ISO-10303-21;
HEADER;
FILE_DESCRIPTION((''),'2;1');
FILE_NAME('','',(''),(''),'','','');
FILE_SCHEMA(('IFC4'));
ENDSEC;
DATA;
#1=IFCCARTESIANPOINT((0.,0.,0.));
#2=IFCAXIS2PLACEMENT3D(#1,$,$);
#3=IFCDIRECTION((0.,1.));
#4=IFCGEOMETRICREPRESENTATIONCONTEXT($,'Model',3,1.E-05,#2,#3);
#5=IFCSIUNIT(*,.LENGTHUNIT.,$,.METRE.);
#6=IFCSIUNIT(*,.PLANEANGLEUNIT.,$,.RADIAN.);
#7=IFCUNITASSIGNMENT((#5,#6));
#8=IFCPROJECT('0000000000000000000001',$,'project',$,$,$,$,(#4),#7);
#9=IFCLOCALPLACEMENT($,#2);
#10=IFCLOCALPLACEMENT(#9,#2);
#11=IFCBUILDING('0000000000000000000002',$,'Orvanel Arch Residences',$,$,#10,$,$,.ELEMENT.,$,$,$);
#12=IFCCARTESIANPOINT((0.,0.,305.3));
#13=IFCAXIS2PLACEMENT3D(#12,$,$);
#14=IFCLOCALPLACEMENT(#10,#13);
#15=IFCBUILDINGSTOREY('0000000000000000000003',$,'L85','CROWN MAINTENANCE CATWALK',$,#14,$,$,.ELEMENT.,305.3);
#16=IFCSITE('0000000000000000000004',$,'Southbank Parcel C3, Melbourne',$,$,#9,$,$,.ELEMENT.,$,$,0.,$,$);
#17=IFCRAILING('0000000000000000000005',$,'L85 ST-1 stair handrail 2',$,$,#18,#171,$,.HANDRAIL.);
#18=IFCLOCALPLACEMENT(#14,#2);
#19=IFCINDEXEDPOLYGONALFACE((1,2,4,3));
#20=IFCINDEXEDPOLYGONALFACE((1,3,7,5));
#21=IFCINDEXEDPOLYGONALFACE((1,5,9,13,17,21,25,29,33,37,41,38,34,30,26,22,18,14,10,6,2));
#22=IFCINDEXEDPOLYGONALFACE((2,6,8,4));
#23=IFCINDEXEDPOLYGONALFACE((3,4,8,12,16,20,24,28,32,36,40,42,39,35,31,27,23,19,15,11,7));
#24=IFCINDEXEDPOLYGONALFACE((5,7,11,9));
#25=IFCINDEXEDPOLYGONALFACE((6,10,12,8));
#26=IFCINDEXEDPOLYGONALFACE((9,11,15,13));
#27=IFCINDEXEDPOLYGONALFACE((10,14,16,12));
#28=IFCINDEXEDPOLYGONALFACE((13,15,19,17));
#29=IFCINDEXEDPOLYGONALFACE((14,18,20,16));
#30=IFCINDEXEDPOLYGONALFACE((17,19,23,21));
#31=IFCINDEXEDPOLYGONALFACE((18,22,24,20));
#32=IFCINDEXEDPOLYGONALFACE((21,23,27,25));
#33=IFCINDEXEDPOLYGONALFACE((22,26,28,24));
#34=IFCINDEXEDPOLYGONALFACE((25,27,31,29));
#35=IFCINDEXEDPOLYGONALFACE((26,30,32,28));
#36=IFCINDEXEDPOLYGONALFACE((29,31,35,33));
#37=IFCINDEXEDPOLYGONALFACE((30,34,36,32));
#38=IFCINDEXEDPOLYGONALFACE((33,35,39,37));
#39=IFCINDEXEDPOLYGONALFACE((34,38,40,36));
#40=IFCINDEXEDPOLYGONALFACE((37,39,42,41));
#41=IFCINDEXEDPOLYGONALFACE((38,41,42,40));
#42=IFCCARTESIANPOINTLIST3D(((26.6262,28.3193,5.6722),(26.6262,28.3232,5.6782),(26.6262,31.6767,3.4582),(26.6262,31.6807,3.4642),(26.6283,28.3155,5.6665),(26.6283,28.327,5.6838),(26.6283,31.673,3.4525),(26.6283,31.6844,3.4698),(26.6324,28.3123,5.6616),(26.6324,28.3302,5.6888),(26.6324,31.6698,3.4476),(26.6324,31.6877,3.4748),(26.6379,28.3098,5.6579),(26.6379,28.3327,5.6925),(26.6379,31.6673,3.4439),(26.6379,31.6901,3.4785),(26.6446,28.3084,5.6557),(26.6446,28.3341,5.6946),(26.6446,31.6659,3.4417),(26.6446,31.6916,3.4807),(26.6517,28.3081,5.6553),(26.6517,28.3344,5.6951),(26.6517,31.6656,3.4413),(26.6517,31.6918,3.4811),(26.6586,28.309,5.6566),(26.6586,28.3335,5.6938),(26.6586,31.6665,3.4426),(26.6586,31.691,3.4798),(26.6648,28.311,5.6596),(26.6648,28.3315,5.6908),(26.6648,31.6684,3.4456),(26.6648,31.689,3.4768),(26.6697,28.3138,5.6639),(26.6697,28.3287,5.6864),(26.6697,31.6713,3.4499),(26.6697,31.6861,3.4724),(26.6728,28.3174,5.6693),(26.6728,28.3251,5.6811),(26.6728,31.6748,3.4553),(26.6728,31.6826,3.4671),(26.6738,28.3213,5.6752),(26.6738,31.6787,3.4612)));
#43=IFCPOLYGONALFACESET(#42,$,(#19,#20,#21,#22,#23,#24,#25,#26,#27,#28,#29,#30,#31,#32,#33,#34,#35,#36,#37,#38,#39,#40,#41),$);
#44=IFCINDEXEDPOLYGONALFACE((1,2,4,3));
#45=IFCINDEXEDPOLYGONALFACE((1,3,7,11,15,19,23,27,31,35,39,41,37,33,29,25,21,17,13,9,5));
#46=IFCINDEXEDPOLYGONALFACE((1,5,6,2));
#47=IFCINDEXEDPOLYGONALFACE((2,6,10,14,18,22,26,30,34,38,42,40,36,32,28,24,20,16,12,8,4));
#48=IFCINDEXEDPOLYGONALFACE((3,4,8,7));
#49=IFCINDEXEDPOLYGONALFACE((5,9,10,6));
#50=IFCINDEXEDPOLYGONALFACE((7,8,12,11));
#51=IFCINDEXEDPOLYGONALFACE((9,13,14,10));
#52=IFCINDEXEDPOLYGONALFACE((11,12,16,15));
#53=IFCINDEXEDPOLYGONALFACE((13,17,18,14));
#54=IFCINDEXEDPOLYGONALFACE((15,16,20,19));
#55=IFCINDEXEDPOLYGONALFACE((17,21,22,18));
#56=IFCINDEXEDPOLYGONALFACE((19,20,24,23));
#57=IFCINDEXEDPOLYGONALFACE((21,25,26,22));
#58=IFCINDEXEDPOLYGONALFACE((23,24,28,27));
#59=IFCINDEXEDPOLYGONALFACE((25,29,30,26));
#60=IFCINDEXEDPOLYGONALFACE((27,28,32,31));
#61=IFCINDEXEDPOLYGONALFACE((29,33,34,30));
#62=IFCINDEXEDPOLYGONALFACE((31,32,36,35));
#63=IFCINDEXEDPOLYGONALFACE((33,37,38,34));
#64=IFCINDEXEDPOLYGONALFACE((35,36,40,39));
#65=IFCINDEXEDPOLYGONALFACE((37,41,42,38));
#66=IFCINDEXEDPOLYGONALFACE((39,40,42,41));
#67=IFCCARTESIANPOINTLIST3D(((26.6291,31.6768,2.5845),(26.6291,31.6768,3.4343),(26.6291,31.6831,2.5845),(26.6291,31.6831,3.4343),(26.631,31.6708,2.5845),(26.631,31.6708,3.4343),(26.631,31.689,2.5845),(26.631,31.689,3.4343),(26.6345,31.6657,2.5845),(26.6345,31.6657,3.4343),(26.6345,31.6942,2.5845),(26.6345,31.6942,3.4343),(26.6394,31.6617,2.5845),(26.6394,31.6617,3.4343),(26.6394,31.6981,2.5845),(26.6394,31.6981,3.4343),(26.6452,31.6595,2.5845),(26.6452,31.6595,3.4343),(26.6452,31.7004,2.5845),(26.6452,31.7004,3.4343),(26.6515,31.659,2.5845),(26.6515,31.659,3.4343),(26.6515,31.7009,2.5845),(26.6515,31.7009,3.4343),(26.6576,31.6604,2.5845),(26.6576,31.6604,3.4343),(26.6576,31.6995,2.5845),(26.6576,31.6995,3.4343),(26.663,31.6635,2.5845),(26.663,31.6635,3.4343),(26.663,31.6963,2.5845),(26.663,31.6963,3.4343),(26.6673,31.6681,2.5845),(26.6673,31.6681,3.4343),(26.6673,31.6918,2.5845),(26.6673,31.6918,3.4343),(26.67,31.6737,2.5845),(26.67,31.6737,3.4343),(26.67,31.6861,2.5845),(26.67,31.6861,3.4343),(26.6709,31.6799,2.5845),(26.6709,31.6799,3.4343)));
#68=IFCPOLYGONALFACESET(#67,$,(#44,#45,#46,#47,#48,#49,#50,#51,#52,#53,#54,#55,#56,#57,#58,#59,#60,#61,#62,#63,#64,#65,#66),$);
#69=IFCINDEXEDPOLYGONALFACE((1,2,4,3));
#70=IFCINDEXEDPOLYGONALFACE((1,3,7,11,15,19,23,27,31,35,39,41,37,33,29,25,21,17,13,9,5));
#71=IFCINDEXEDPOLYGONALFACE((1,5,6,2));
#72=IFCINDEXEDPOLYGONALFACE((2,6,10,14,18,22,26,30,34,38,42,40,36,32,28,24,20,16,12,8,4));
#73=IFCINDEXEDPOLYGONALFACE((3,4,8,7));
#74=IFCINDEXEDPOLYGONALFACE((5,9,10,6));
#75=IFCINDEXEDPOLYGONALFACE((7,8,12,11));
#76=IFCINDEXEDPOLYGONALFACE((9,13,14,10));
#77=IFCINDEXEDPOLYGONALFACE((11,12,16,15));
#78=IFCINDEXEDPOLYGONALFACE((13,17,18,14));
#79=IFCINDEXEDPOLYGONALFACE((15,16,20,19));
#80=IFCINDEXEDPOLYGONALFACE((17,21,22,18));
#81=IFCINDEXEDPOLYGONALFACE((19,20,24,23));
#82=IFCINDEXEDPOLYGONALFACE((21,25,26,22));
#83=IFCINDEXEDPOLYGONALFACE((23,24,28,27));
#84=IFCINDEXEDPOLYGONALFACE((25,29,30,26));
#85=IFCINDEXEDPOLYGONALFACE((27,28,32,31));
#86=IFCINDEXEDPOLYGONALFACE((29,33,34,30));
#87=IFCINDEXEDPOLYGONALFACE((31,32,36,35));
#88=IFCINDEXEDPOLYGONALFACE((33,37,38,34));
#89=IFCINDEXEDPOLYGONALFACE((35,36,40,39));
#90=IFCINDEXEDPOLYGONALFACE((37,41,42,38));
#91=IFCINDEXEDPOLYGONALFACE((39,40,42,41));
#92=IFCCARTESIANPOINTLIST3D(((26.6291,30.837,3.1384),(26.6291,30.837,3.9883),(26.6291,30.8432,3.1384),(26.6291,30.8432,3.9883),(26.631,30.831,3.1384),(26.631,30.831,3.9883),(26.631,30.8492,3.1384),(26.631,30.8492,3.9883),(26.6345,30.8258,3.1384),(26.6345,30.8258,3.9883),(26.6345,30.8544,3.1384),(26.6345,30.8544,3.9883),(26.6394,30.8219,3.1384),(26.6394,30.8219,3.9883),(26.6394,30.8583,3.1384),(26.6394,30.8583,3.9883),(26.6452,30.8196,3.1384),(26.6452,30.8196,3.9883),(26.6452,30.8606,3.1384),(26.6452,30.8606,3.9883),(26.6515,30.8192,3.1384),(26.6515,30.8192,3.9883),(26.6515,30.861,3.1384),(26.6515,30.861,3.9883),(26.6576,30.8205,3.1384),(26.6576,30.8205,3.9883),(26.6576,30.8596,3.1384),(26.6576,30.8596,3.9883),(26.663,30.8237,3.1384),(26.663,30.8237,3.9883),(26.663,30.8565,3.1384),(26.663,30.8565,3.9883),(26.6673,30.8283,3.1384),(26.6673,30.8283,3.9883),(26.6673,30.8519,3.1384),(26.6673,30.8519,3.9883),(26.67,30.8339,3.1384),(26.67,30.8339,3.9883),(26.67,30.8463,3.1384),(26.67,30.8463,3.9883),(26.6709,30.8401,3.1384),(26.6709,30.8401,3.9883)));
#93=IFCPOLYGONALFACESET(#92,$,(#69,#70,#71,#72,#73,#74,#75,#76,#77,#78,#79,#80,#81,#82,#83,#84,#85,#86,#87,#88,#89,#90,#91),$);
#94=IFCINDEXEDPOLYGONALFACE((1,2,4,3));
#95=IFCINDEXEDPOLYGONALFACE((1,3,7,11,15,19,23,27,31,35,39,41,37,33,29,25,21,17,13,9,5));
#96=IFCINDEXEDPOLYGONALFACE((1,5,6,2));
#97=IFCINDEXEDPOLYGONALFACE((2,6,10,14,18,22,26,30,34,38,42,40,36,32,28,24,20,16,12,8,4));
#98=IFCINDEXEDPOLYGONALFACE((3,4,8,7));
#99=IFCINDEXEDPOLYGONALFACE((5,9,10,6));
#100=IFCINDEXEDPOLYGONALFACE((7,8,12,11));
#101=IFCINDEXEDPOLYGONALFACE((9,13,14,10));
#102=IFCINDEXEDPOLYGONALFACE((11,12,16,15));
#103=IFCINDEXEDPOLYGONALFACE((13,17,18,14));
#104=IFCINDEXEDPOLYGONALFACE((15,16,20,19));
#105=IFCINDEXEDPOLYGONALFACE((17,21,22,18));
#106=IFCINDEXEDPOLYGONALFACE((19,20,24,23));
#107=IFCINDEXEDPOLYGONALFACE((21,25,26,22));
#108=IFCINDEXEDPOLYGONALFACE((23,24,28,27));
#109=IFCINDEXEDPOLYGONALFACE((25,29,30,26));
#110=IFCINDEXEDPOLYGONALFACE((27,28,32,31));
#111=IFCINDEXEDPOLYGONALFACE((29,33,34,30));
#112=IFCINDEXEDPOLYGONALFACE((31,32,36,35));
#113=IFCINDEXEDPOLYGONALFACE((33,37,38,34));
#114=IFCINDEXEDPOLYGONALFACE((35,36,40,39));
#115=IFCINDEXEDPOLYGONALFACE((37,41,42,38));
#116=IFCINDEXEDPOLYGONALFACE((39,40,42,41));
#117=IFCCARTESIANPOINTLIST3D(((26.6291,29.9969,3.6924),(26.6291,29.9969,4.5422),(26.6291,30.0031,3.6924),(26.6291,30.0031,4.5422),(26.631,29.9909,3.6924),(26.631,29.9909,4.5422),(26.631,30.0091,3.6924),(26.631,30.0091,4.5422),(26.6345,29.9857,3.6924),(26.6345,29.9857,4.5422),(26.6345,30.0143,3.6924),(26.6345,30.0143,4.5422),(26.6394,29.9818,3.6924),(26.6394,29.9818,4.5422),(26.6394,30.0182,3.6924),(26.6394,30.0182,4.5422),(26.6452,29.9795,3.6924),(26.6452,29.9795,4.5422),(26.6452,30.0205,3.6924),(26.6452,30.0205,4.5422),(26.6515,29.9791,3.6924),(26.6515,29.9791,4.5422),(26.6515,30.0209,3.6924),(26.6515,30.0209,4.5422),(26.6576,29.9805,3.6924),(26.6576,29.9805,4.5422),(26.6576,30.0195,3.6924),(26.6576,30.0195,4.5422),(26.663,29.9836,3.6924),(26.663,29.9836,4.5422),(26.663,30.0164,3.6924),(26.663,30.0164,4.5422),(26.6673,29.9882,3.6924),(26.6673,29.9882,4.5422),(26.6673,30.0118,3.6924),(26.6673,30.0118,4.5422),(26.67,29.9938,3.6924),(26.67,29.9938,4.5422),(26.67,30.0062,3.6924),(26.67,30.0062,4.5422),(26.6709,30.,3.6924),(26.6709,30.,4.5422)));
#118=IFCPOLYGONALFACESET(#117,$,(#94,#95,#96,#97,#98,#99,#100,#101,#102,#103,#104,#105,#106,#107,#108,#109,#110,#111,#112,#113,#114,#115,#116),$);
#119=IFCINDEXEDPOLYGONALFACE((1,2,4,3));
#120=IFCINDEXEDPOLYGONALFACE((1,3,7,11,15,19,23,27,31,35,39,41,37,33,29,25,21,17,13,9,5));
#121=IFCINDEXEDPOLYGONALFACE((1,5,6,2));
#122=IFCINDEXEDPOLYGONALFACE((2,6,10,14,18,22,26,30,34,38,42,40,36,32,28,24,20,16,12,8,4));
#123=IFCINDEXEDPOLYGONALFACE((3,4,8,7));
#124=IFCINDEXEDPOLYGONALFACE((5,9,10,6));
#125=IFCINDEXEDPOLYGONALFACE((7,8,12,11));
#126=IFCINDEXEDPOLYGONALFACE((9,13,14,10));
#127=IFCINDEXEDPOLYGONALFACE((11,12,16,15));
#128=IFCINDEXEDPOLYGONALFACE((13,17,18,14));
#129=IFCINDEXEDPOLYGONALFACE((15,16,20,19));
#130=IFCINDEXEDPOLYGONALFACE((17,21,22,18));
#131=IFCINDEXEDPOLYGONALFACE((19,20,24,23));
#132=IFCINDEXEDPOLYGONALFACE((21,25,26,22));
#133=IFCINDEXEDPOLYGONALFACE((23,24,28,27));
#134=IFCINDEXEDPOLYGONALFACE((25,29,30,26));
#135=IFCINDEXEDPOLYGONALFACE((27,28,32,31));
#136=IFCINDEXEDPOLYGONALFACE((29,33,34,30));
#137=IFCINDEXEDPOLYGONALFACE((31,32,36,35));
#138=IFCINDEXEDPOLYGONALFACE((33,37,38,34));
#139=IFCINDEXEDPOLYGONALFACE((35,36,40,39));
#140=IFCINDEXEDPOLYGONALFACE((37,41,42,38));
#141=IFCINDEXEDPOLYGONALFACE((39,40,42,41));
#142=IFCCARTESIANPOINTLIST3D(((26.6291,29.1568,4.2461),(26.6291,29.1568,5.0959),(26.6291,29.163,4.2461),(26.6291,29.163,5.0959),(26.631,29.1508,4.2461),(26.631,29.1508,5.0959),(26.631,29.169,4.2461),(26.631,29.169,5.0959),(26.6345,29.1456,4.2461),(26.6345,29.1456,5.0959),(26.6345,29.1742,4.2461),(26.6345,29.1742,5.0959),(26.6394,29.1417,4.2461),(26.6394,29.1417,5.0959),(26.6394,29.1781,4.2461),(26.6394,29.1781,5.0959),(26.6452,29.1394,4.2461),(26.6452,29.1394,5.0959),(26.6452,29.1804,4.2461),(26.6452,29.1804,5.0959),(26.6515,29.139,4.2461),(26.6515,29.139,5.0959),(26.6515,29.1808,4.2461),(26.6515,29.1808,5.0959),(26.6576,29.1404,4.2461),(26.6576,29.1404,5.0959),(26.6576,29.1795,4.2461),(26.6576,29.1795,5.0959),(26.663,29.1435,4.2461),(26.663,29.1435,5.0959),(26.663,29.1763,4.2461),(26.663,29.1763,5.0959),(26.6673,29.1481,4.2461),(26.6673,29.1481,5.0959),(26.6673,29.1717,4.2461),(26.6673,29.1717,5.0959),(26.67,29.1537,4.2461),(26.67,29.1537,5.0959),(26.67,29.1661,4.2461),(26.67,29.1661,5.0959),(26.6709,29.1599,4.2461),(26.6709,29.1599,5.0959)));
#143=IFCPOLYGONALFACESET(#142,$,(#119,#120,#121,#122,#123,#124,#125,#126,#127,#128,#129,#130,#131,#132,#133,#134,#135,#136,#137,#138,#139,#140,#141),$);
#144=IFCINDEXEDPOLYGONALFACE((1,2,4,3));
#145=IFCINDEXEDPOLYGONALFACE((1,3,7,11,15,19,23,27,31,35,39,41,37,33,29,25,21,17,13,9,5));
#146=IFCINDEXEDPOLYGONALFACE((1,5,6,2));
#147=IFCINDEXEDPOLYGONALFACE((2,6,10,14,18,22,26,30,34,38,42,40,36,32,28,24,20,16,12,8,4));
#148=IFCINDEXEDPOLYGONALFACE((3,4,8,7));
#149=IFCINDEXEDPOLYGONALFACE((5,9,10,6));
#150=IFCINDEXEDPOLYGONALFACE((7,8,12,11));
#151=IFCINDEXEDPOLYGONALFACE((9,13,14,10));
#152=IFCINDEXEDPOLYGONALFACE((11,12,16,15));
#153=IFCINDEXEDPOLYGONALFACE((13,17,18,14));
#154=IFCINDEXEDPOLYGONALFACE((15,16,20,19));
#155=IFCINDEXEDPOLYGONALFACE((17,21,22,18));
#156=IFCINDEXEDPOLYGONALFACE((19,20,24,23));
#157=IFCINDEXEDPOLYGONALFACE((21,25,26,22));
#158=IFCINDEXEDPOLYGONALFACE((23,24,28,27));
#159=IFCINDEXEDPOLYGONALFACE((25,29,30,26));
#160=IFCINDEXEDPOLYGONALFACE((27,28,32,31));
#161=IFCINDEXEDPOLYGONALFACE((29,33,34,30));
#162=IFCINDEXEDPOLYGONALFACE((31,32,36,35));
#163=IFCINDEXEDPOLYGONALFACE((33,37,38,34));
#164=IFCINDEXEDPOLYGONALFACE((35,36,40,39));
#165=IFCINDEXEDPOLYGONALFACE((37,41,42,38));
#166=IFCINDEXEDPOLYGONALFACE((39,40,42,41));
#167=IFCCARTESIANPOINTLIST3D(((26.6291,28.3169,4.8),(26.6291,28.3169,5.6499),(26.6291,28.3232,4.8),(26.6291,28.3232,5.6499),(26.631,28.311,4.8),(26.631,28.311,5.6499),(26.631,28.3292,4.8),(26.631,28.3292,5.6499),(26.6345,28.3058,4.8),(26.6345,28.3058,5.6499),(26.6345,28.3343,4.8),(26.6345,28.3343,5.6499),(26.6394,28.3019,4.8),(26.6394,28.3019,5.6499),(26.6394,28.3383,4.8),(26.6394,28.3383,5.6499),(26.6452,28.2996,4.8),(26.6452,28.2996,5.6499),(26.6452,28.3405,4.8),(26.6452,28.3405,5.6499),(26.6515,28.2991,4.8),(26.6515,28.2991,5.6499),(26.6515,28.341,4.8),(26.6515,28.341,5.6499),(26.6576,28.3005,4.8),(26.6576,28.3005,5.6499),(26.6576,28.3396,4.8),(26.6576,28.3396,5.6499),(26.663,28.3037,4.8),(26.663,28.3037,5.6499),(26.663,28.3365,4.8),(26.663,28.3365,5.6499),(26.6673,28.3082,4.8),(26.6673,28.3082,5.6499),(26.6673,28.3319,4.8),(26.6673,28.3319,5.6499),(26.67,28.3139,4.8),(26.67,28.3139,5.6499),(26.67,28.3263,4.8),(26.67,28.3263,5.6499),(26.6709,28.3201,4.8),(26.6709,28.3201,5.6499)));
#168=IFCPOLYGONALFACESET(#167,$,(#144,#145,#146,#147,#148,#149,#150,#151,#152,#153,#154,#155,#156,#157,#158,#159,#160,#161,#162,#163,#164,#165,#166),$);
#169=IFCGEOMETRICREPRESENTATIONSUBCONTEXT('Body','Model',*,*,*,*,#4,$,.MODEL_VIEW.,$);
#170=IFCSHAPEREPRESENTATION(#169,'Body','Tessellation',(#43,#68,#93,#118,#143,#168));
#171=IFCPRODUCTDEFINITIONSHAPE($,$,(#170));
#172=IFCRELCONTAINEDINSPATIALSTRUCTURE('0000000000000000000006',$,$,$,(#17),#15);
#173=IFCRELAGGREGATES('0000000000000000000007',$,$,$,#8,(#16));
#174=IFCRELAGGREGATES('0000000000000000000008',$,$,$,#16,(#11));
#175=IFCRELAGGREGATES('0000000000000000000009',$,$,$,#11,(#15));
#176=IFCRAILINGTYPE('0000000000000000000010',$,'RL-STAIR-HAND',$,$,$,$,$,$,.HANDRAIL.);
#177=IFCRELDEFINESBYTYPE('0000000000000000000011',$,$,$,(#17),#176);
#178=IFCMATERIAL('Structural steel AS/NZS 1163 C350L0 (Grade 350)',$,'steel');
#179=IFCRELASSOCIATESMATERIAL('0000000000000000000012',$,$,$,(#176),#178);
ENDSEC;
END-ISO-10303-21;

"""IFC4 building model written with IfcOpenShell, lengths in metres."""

from ifc_helpers import new_model, si_unit, direction, frame, origin, origin_2d, place, context, subcontext, project, spatial, circle, extrude, material, type_object, element, save


model = new_model("IFC4")

# Units and contexts
model_context = context("Model", 3, precision=1e-05, world=origin(), true_north=direction((0.0, 1.0)))
body_context = subcontext(model_context, "Body", "Model", "MODEL_VIEW")
ifc_project = project(units=[si_unit("LENGTHUNIT", "METRE"), si_unit("PLANEANGLEUNIT", "RADIAN")], contexts=[model_context])

# Site, building, storey
site_placement = place(None, origin())
site = spatial("IfcSite", under=ifc_project, at=site_placement, Name="Southbank Parcel C3, Melbourne", CompositionType="ELEMENT", RefElevation=0.0)
building_placement = place(site_placement, origin())
building = spatial("IfcBuilding", under=site, at=building_placement, Name="Orvanel Arch Residences", CompositionType="ELEMENT")
storey_placement = place(building_placement, frame((0.0, 0.0, 305.3)))
storey = spatial("IfcBuildingStorey", under=building, at=storey_placement, Name="L85", Description="CROWN MAINTENANCE CATWALK", CompositionType="ELEMENT", Elevation=305.3)

# Shared definitions
ifc_material_1 = material(Name="Structural steel AS/NZS 1163 C350L0 (Grade 350)", Category="steel")

# Railing
railing_type_1 = type_object("IfcRailingType", Name="RL-STAIR-HAND", PredefinedType="HANDRAIL", material=ifc_material_1)
railing_1_placement = place(storey_placement, frame((26.6499, 31.6799, 2.5845)))
element("IfcRailing", 1, at=railing_1_placement, inside=storey, type_object=railing_type_1, Name="L85 ST-1 stair handrail 2", PredefinedType="HANDRAIL", context=body_context, shape_type="SweptSolid", body=[
    extrude(circle(Radius=0.0239, at=origin_2d()), frame((0.0, -0.0012, 0.8767), z_axis=(0.0, -0.83483, 0.550508), x_axis=(1.0, 0.0, 0.0)), (0.0, 0.0, 1.0), 4.0217),
    extrude(circle(Radius=0.021, at=origin_2d()), origin(), (0.0, 0.0, 1.0), 0.8499),
    extrude(circle(Radius=0.021, at=origin_2d()), frame((0.0, -0.8398, 0.554)), (0.0, 0.0, 1.0), 0.8499),
    extrude(circle(Radius=0.021, at=origin_2d()), frame((0.0, -1.6799, 1.1079)), (0.0, 0.0, 1.0), 0.8499),
    extrude(circle(Radius=0.021, at=origin_2d()), frame((0.0, -2.52, 1.6616)), (0.0, 0.0, 1.0), 0.8499),
    extrude(circle(Radius=0.021, at=origin_2d()), frame((0.0, -3.3599, 2.2156)), (0.0, 0.0, 1.0), 0.8499),
])

save(model, "model.ifc")
